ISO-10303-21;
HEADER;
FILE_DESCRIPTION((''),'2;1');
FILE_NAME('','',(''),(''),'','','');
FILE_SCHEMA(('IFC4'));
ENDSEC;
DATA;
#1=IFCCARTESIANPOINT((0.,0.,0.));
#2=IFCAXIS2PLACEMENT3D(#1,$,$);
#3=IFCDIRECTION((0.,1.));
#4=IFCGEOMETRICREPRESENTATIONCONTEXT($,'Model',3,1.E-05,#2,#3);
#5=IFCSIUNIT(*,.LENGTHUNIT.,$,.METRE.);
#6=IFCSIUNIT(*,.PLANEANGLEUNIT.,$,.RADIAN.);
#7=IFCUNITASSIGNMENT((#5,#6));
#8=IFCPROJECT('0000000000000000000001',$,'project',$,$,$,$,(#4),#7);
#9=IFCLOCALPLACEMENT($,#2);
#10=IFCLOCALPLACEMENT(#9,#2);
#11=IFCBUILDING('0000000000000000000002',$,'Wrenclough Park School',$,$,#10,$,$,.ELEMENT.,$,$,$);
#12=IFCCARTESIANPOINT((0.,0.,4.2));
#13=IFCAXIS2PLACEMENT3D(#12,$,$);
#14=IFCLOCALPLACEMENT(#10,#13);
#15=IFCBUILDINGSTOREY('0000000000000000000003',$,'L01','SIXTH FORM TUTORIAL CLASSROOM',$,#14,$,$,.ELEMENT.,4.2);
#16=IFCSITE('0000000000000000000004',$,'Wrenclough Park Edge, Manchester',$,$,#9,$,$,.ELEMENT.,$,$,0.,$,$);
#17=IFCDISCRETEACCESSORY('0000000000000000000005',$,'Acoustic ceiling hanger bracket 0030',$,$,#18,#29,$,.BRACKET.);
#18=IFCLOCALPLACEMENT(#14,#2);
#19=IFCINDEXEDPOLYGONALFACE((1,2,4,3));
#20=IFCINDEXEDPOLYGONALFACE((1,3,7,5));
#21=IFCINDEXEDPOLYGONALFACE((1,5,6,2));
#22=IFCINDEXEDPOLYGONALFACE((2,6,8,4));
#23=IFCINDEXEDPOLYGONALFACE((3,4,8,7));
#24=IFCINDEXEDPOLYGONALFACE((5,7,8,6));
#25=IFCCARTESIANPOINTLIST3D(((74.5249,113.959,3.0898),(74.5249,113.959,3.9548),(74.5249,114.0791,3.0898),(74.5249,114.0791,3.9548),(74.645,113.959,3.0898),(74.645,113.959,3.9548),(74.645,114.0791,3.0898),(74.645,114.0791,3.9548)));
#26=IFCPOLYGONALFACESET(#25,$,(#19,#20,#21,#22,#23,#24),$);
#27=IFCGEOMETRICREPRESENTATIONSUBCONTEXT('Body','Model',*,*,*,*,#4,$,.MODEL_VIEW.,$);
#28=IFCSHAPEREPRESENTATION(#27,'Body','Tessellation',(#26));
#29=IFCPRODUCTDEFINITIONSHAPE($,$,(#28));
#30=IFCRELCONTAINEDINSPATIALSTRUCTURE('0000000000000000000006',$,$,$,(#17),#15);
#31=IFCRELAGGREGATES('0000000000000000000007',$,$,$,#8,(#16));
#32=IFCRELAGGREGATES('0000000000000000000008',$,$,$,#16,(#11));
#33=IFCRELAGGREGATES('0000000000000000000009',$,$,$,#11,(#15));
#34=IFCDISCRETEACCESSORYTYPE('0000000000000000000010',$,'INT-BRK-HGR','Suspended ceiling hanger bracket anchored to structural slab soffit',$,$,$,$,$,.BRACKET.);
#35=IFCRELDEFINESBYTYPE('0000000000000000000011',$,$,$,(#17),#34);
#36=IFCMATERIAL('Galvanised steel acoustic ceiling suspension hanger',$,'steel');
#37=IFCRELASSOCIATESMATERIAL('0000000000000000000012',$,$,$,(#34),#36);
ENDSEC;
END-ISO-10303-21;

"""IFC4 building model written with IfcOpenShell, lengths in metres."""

from ifc_helpers import new_model, si_unit, direction, frame, origin, origin_2d, place, context, subcontext, project, spatial, rectangle, extrude, material, type_object, element, save


model = new_model("IFC4")

# Units and contexts
model_context = context("Model", 3, precision=1e-05, world=origin(), true_north=direction((0.0, 1.0)))
body_context = subcontext(model_context, "Body", "Model", "MODEL_VIEW")
ifc_project = project(units=[si_unit("LENGTHUNIT", "METRE"), si_unit("PLANEANGLEUNIT", "RADIAN")], contexts=[model_context])

# Site, building, storey
site_placement = place(None, origin())
site = spatial("IfcSite", under=ifc_project, at=site_placement, Name="Wrenclough Park Edge, Manchester", CompositionType="ELEMENT", RefElevation=0.0)
building_placement = place(site_placement, origin())
building = spatial("IfcBuilding", under=site, at=building_placement, Name="Wrenclough Park School", CompositionType="ELEMENT")
storey_placement = place(building_placement, frame((0.0, 0.0, 4.2)))
storey = spatial("IfcBuildingStorey", under=building, at=storey_placement, Name="L01", Description="SIXTH FORM TUTORIAL CLASSROOM", CompositionType="ELEMENT", Elevation=4.2)

# Discrete accessory
ifc_material_1 = material(Name="Galvanised steel acoustic ceiling suspension hanger", Category="steel")
discrete_accessory_type_1 = type_object("IfcDiscreteAccessoryType", Name="INT-BRK-HGR", Description="Suspended ceiling hanger bracket anchored to structural slab soffit", PredefinedType="BRACKET", material=ifc_material_1)
discrete_accessory_1_placement = place(storey_placement, frame((74.585, 114.019, 3.0898), z_axis=(0.0, 0.0, 1.0), x_axis=(1.0, 0.0, 0.0)))
element("IfcDiscreteAccessory", 1, at=discrete_accessory_1_placement, inside=storey, type_object=discrete_accessory_type_1, Name="Acoustic ceiling hanger bracket 0030", PredefinedType="BRACKET", context=body_context, shape_type="SweptSolid", body=[
    extrude(rectangle(XDim=0.1201, YDim=0.1201, at=origin_2d()), origin(), (0.0, 0.0, 1.0), 0.865),
])

save(model, "model.ifc")
